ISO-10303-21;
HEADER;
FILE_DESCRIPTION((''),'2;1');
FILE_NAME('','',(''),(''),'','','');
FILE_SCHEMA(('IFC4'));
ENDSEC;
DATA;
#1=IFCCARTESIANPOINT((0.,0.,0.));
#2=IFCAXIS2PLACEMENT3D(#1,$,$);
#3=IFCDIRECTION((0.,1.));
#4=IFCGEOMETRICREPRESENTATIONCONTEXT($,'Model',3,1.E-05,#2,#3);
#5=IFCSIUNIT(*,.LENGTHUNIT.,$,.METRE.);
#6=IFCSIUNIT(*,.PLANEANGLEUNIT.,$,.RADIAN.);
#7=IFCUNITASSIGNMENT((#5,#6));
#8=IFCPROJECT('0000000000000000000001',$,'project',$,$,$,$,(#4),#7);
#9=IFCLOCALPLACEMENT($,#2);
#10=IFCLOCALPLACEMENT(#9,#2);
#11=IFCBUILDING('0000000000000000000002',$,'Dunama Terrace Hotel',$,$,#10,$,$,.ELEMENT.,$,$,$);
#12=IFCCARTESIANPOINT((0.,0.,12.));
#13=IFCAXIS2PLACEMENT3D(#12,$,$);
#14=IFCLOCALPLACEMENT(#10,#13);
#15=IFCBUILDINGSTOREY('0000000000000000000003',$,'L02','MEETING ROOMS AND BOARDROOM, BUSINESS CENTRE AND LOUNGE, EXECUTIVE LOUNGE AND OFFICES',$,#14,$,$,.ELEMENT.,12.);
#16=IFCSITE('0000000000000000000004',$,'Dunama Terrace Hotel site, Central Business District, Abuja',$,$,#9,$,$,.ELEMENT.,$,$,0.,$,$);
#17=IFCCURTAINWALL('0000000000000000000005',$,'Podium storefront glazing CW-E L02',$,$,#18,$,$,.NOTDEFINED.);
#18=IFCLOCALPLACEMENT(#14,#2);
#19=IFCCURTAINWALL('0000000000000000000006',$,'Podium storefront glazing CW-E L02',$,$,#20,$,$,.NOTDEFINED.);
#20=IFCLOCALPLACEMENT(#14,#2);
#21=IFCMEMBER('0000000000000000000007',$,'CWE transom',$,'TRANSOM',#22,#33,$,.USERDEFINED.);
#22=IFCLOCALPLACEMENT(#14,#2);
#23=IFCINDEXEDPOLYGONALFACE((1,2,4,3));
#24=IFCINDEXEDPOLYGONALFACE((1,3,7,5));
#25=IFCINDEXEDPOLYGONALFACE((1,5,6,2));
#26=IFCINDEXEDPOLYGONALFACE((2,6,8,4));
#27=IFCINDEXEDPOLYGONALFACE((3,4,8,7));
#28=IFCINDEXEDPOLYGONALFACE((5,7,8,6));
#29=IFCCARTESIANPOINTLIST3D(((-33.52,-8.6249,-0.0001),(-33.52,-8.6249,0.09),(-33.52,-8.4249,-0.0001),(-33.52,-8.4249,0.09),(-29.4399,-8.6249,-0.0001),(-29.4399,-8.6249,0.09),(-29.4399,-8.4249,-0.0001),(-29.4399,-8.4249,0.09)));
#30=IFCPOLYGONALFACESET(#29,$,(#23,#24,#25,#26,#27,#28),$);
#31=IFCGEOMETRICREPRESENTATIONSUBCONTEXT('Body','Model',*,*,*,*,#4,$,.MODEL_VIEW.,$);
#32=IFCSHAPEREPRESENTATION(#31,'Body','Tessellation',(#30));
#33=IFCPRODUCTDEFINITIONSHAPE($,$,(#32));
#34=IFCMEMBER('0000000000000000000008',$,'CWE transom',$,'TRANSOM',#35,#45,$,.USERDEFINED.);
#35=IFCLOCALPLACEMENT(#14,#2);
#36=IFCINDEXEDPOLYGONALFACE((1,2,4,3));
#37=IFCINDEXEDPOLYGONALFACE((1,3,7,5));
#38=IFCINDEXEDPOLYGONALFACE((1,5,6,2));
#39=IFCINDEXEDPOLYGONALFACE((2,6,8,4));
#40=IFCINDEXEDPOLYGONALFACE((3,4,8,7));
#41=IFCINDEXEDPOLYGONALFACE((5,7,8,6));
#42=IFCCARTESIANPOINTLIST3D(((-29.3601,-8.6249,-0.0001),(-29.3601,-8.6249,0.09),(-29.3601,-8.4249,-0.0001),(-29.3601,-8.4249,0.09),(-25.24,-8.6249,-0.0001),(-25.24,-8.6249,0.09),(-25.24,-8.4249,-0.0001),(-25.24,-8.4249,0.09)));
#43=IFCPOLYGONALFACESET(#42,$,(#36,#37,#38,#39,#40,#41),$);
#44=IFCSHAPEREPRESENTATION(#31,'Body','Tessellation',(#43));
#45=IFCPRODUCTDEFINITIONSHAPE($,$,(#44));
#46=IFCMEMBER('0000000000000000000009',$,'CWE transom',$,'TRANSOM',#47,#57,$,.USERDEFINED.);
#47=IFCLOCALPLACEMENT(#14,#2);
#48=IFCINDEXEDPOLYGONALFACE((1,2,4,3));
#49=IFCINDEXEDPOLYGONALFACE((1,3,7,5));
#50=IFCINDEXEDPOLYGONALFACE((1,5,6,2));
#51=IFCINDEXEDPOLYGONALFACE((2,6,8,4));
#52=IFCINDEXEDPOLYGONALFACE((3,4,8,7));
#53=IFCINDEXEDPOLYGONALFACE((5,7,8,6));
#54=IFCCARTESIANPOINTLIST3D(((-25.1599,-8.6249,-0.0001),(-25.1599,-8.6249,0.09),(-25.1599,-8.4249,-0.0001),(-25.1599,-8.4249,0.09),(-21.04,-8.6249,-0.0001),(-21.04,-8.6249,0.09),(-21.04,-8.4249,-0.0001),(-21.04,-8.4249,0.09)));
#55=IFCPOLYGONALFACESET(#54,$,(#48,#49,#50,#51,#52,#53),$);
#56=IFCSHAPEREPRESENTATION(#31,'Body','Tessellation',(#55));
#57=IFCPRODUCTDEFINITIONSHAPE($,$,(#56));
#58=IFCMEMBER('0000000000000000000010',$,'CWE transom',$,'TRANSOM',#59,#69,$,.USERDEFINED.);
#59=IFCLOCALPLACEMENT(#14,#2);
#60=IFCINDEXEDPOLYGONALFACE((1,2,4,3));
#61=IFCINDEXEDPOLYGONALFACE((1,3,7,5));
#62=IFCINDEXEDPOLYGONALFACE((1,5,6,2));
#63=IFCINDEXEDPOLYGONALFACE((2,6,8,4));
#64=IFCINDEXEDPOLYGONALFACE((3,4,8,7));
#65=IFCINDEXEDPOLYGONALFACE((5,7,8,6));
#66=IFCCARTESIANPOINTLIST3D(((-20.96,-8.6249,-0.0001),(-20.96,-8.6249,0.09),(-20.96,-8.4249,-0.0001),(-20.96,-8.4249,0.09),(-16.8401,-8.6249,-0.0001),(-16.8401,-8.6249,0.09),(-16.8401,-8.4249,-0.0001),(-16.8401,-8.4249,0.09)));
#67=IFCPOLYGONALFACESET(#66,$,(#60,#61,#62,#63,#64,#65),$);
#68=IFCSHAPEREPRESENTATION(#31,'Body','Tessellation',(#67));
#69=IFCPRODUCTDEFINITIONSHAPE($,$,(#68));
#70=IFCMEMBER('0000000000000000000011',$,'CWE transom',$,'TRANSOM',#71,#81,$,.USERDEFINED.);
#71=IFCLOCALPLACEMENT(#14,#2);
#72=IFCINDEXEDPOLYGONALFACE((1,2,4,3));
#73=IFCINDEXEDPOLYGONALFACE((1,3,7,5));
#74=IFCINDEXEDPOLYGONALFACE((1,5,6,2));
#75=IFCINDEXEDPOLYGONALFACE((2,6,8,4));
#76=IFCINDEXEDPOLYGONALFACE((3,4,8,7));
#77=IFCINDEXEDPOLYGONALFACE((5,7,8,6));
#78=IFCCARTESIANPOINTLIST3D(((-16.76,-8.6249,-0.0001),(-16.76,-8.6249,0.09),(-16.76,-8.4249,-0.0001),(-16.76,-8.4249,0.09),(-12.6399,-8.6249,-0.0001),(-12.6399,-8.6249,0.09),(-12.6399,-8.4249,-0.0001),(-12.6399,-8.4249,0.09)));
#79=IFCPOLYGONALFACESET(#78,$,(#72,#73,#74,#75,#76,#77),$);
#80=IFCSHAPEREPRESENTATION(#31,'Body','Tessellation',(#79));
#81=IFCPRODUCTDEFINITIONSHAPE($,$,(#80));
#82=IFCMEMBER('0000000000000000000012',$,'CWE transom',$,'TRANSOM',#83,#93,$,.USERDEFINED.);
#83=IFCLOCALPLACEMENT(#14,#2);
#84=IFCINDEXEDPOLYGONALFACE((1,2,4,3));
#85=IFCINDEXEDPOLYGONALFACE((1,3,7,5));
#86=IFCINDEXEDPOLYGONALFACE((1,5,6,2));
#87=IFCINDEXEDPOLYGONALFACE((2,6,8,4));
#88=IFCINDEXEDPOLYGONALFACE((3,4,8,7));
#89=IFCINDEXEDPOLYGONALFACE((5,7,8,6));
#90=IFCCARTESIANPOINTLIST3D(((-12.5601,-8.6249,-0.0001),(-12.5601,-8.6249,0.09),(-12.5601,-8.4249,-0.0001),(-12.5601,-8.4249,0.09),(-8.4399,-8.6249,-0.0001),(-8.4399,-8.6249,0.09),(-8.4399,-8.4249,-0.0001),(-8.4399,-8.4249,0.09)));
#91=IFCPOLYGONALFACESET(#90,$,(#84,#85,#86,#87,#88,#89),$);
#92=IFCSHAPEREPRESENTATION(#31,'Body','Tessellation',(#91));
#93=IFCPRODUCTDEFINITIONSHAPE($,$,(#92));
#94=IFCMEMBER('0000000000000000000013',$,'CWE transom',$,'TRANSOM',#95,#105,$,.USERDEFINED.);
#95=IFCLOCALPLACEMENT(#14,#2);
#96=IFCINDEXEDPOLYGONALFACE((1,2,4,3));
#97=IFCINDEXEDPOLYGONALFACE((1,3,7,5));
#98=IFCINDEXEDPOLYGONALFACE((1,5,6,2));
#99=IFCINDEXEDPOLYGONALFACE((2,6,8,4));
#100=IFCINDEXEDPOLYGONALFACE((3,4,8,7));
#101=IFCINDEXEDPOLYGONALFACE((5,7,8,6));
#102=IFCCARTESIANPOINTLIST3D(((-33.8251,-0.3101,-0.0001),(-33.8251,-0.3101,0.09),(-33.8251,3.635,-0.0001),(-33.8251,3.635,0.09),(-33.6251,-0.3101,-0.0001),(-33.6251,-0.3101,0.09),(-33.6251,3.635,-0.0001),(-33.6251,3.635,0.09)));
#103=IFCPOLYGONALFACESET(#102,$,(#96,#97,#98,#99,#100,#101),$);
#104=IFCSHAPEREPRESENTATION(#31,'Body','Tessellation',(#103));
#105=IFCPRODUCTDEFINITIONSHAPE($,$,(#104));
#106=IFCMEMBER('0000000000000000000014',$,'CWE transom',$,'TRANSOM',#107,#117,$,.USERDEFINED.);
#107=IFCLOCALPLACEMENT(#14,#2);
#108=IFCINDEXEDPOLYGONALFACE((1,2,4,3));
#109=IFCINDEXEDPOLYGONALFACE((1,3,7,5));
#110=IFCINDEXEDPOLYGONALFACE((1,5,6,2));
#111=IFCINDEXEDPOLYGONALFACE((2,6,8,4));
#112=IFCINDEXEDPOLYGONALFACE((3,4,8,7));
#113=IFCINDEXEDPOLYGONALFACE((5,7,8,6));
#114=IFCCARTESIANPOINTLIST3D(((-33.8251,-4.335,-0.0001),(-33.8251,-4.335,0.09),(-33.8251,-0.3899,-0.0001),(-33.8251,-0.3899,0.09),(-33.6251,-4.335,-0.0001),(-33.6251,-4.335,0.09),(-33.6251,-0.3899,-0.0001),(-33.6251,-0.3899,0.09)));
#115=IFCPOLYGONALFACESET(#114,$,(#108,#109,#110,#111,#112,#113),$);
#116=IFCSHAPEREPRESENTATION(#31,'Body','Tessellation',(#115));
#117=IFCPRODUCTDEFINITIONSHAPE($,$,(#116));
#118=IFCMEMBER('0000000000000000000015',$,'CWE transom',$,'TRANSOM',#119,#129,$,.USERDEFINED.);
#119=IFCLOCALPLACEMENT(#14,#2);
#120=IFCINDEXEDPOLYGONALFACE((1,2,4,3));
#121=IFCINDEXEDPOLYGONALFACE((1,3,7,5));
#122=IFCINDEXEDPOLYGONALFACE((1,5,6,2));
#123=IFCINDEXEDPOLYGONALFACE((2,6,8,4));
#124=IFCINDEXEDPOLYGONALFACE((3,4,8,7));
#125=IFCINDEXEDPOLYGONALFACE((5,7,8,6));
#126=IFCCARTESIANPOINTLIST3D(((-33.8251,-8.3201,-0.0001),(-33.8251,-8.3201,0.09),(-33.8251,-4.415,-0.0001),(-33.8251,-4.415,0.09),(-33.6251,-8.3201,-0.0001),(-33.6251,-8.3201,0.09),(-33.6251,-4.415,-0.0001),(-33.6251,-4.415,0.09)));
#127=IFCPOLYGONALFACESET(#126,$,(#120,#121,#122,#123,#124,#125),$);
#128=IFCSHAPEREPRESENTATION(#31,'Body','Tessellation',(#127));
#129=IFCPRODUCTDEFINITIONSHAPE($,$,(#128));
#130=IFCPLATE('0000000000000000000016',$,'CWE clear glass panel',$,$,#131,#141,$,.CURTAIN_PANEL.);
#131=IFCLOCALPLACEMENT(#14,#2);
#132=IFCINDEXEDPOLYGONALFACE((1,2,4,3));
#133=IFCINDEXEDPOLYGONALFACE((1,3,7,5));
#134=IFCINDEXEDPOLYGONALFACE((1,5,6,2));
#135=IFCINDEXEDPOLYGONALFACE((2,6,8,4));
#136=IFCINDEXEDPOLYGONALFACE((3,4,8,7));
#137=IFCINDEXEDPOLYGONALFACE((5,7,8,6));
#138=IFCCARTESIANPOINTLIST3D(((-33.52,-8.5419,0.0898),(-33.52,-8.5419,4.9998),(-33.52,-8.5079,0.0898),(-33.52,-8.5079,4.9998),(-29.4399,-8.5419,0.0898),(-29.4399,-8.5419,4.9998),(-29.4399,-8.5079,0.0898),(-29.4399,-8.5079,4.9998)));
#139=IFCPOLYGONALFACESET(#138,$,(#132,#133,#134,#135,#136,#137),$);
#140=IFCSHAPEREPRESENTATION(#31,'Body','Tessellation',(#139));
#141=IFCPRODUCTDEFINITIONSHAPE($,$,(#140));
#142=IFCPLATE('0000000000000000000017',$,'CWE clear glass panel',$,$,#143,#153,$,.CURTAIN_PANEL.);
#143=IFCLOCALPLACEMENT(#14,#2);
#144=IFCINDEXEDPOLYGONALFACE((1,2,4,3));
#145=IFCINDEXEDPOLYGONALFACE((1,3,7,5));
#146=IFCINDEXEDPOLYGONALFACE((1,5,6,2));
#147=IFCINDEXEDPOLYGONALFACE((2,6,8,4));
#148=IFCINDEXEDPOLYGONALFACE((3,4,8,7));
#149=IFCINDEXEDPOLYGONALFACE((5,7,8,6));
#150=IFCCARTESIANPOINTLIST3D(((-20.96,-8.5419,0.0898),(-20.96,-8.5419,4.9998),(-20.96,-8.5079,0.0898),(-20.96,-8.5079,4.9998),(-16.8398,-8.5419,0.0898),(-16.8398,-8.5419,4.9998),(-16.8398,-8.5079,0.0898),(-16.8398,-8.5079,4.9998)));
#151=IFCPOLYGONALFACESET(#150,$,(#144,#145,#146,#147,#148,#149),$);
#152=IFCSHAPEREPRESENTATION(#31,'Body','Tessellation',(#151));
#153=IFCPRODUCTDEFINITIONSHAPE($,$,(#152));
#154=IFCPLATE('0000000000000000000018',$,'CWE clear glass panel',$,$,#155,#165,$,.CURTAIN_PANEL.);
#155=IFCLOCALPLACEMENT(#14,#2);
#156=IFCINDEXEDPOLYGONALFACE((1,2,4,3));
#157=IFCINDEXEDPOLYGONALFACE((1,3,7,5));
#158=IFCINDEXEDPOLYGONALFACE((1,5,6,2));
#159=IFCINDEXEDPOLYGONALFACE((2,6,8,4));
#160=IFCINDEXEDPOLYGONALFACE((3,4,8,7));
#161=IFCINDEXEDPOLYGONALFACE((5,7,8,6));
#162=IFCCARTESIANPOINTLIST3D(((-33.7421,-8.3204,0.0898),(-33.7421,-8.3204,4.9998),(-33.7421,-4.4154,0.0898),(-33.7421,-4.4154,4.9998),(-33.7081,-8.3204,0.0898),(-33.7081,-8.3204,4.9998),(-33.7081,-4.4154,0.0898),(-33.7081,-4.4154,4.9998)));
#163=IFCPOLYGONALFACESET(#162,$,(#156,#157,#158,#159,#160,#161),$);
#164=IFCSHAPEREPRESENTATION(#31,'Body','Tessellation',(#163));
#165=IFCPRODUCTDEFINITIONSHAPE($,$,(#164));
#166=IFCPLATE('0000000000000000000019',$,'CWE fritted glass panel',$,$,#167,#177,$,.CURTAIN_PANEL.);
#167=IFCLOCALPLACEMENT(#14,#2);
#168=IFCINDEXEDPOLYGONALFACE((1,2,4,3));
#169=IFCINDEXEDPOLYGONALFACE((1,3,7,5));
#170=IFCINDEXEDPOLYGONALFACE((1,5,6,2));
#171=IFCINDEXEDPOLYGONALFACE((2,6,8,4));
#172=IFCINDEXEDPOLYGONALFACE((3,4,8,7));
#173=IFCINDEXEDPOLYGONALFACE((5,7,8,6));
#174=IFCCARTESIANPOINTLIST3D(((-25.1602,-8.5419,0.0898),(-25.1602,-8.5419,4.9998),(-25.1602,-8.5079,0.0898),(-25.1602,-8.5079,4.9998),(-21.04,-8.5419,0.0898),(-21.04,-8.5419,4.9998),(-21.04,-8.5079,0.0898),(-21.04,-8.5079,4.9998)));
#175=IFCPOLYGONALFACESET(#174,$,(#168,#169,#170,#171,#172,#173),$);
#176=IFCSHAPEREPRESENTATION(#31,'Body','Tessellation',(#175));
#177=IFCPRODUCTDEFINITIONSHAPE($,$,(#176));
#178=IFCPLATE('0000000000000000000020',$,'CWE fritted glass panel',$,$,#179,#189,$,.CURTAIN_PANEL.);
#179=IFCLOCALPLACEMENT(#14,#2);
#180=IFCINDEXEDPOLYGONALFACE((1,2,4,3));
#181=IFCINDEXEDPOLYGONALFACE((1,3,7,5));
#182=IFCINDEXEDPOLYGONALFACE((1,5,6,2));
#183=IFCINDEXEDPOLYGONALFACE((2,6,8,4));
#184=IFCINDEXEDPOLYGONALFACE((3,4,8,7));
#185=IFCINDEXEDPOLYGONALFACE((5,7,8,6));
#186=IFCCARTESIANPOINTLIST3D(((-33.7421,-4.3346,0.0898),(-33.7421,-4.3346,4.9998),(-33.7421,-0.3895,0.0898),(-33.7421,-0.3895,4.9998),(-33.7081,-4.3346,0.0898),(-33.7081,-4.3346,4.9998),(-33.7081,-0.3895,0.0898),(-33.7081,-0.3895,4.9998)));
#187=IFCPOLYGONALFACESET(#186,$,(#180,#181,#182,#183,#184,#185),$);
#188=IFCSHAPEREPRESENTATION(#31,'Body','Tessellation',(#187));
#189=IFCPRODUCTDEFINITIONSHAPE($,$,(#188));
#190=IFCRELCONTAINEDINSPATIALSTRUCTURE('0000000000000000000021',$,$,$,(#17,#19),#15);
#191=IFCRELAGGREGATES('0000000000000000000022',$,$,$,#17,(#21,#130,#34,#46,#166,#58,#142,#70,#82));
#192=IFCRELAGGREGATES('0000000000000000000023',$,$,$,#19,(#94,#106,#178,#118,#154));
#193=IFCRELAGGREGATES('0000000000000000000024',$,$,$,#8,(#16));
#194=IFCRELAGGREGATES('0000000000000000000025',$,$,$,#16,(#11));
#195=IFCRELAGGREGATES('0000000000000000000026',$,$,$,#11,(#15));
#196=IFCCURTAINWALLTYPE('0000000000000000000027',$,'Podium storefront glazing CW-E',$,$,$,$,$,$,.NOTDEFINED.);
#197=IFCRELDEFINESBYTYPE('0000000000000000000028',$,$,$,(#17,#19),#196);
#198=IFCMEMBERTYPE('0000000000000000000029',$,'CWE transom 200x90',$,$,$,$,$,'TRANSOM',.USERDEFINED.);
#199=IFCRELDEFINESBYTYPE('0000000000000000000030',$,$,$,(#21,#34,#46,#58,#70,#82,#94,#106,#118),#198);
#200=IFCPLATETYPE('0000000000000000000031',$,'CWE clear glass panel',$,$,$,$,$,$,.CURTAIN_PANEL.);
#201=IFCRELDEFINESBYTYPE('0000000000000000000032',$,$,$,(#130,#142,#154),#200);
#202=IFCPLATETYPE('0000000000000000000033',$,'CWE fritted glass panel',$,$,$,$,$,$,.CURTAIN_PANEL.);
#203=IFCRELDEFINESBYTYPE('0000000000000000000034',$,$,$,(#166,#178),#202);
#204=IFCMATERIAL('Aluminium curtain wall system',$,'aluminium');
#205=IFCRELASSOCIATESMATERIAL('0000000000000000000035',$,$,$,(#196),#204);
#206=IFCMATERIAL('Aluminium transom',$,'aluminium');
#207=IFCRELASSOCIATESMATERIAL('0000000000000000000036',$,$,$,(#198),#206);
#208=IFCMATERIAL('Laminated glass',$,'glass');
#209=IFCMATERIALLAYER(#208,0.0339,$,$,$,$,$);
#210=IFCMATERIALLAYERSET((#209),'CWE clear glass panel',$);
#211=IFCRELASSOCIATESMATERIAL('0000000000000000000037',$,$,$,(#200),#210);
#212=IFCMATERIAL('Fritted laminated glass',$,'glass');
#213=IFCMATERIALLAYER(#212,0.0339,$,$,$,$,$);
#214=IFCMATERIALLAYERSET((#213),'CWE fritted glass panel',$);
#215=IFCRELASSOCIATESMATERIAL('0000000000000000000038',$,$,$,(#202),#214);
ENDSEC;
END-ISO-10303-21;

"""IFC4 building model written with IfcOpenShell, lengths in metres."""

from ifc_helpers import new_model, si_unit, direction, frame, origin, origin_2d, place, context, subcontext, project, spatial, rectangle, extrude, material, layer, layer_set, material_profile, profile_set, type_object, element, aggregate, save


model = new_model("IFC4")

# Units and contexts
model_context = context("Model", 3, precision=1e-05, world=origin(), true_north=direction((0.0, 1.0)))
body_context = subcontext(model_context, "Body", "Model", "MODEL_VIEW")
ifc_project = project(units=[si_unit("LENGTHUNIT", "METRE"), si_unit("PLANEANGLEUNIT", "RADIAN")], contexts=[model_context])

# Site, building, storey
site_placement = place(None, origin())
site = spatial("IfcSite", under=ifc_project, at=site_placement, Name="Dunama Terrace Hotel site, Central Business District, Abuja", CompositionType="ELEMENT", RefElevation=0.0)
building_placement = place(site_placement, origin())
building = spatial("IfcBuilding", under=site, at=building_placement, Name="Dunama Terrace Hotel", CompositionType="ELEMENT")
storey_placement = place(building_placement, frame((0.0, 0.0, 12.0)))
storey = spatial("IfcBuildingStorey", under=building, at=storey_placement, Name="L02", Description="MEETING ROOMS AND BOARDROOM, BUSINESS CENTRE AND LOUNGE, EXECUTIVE LOUNGE AND OFFICES", CompositionType="ELEMENT", Elevation=12.0)

# Curtain walls
ifc_material_1 = material(Name="Aluminium curtain wall system", Category="aluminium")
curtain_wall_type = type_object("IfcCurtainWallType", Name="Podium storefront glazing CW-E", PredefinedType="NOTDEFINED", material=ifc_material_1)
curtain_wall_1_placement = place(storey_placement, origin())
curtain_wall_1 = element("IfcCurtainWall", 1, at=curtain_wall_1_placement, inside=storey, type_object=curtain_wall_type, Name="Podium storefront glazing CW-E L02", PredefinedType="NOTDEFINED")
curtain_wall_2_placement = place(storey_placement, origin())
curtain_wall_2 = element("IfcCurtainWall", 2, at=curtain_wall_2_placement, inside=storey, type_object=curtain_wall_type, Name="Podium storefront glazing CW-E L02", PredefinedType="NOTDEFINED")

# Members
ifc_material_2 = material(Name="Aluminium transom", Category="aluminium")
ifc_material_profile_1 = material_profile(ifc_material_2, rectangle(XDim=0.2, YDim=0.0901, at=origin_2d()), Name="CWE TRANSOM 200X90")
ifc_profile_set_1 = profile_set([ifc_material_profile_1], Name="Aluminium transom")
member_type_1 = type_object("IfcMemberType", Name="CWE transom 200x90", ElementType="TRANSOM", PredefinedType="USERDEFINED", material=ifc_profile_set_1)
member_1_placement = place(storey_placement, frame((-33.52, -8.5249, 0.0449), z_axis=(1.0, 0.0, 0.0), x_axis=(0.0, 1.0, 0.0)))
member_1 = element("IfcMember", 3, at=member_1_placement, type_object=member_type_1, Name="CWE transom", ObjectType="TRANSOM", PredefinedType="USERDEFINED", context=body_context, shape_type="SweptSolid", body=[
    extrude(rectangle(XDim=0.2, YDim=0.0901, at=origin_2d()), origin(), (0.0, 0.0, 1.0), 4.0801),
])
member_2_placement = place(storey_placement, frame((-29.3601, -8.5249, 0.0449), z_axis=(1.0, 0.0, 0.0), x_axis=(0.0, 1.0, 0.0)))
member_2 = element("IfcMember", 4, at=member_2_placement, type_object=member_type_1, Name="CWE transom", ObjectType="TRANSOM", PredefinedType="USERDEFINED", context=body_context, shape_type="SweptSolid", body=[
    extrude(rectangle(XDim=0.2, YDim=0.0901, at=origin_2d()), origin(), (0.0, 0.0, 1.0), 4.1201),
])
member_3_placement = place(storey_placement, frame((-25.1599, -8.5249, 0.0449), z_axis=(1.0, 0.0, 0.0), x_axis=(0.0, 1.0, 0.0)))
member_3 = element("IfcMember", 5, at=member_3_placement, type_object=member_type_1, Name="CWE transom", ObjectType="TRANSOM", PredefinedType="USERDEFINED", context=body_context, shape_type="SweptSolid", body=[
    extrude(rectangle(XDim=0.2, YDim=0.0901, at=origin_2d()), origin(), (0.0, 0.0, 1.0), 4.1199),
])
member_4_placement = place(storey_placement, frame((-20.96, -8.5249, 0.0449), z_axis=(1.0, 0.0, 0.0), x_axis=(0.0, 1.0, 0.0)))
member_4 = element("IfcMember", 6, at=member_4_placement, type_object=member_type_1, Name="CWE transom", ObjectType="TRANSOM", PredefinedType="USERDEFINED", context=body_context, shape_type="SweptSolid", body=[
    extrude(rectangle(XDim=0.2, YDim=0.0901, at=origin_2d()), origin(), (0.0, 0.0, 1.0), 4.1199),
])
member_5_placement = place(storey_placement, frame((-16.76, -8.5249, 0.0449), z_axis=(1.0, 0.0, 0.0), x_axis=(0.0, 1.0, 0.0)))
member_5 = element("IfcMember", 7, at=member_5_placement, type_object=member_type_1, Name="CWE transom", ObjectType="TRANSOM", PredefinedType="USERDEFINED", context=body_context, shape_type="SweptSolid", body=[
    extrude(rectangle(XDim=0.2, YDim=0.0901, at=origin_2d()), origin(), (0.0, 0.0, 1.0), 4.1201),
])
member_6_placement = place(storey_placement, frame((-12.5601, -8.5249, 0.0449), z_axis=(1.0, 0.0, 0.0), x_axis=(0.0, 1.0, 0.0)))
member_6 = element("IfcMember", 8, at=member_6_placement, type_object=member_type_1, Name="CWE transom", ObjectType="TRANSOM", PredefinedType="USERDEFINED", context=body_context, shape_type="SweptSolid", body=[
    extrude(rectangle(XDim=0.2, YDim=0.0901, at=origin_2d()), origin(), (0.0, 0.0, 1.0), 4.1201),
])
member_7_placement = place(storey_placement, frame((-33.7251, 3.635, 0.0449), z_axis=(0.0, -1.0, 0.0), x_axis=(1.0, 0.0, 0.0)))
member_7 = element("IfcMember", 9, at=member_7_placement, type_object=member_type_1, Name="CWE transom", ObjectType="TRANSOM", PredefinedType="USERDEFINED", context=body_context, shape_type="SweptSolid", body=[
    extrude(rectangle(XDim=0.2, YDim=0.0901, at=origin_2d()), origin(), (0.0, 0.0, 1.0), 3.9451),
])
member_8_placement = place(storey_placement, frame((-33.7251, -0.3899, 0.0449), z_axis=(0.0, -1.0, 0.0), x_axis=(1.0, 0.0, 0.0)))
member_8 = element("IfcMember", 10, at=member_8_placement, type_object=member_type_1, Name="CWE transom", ObjectType="TRANSOM", PredefinedType="USERDEFINED", context=body_context, shape_type="SweptSolid", body=[
    extrude(rectangle(XDim=0.2, YDim=0.0901, at=origin_2d()), origin(), (0.0, 0.0, 1.0), 3.9451),
])
member_9_placement = place(storey_placement, frame((-33.7251, -4.415, 0.0449), z_axis=(0.0, -1.0, 0.0), x_axis=(1.0, 0.0, 0.0)))
member_9 = element("IfcMember", 11, at=member_9_placement, type_object=member_type_1, Name="CWE transom", ObjectType="TRANSOM", PredefinedType="USERDEFINED", context=body_context, shape_type="SweptSolid", body=[
    extrude(rectangle(XDim=0.2, YDim=0.0901, at=origin_2d()), origin(), (0.0, 0.0, 1.0), 3.905),
])

# Plates
ifc_material_3 = material(Name="Laminated glass", Category="glass")
ifc_layer_1 = layer(ifc_material_3, 0.0339)
ifc_layer_set_1 = layer_set([ifc_layer_1], Name="CWE clear glass panel")
plate_type_1 = type_object("IfcPlateType", Name="CWE clear glass panel", PredefinedType="CURTAIN_PANEL", material=ifc_layer_set_1)
plate_1_placement = place(storey_placement, frame((-31.48, -8.5249, 0.0898), z_axis=(0.0, 0.0, 1.0), x_axis=(1.0, 0.0, 0.0)))
plate_1 = element("IfcPlate", 12, at=plate_1_placement, type_object=plate_type_1, Name="CWE clear glass panel", PredefinedType="CURTAIN_PANEL", context=body_context, shape_type="SweptSolid", body=[
    extrude(rectangle(XDim=4.0801, YDim=0.0339, at=origin_2d()), origin(), (0.0, 0.0, 1.0), 4.9099),
])
plate_2_placement = place(storey_placement, frame((-18.8999, -8.5249, 0.0898), z_axis=(0.0, 0.0, 1.0), x_axis=(1.0, 0.0, 0.0)))
plate_2 = element("IfcPlate", 13, at=plate_2_placement, type_object=plate_type_1, Name="CWE clear glass panel", PredefinedType="CURTAIN_PANEL", context=body_context, shape_type="SweptSolid", body=[
    extrude(rectangle(XDim=4.1201, YDim=0.0339, at=origin_2d()), origin(), (0.0, 0.0, 1.0), 4.9099),
])
plate_3_placement = place(storey_placement, frame((-33.7251, -6.3679, 0.0898), z_axis=(0.0, 0.0, 1.0), x_axis=(0.0, -1.0, 0.0)))
plate_3 = element("IfcPlate", 14, at=plate_3_placement, type_object=plate_type_1, Name="CWE clear glass panel", PredefinedType="CURTAIN_PANEL", context=body_context, shape_type="SweptSolid", body=[
    extrude(rectangle(XDim=3.905, YDim=0.0339, at=origin_2d()), origin(), (0.0, 0.0, 1.0), 4.9099),
])
ifc_material_4 = material(Name="Fritted laminated glass", Category="glass")
ifc_layer_2 = layer(ifc_material_4, 0.0339)
ifc_layer_set_2 = layer_set([ifc_layer_2], Name="CWE fritted glass panel")
plate_type_2 = type_object("IfcPlateType", Name="CWE fritted glass panel", PredefinedType="CURTAIN_PANEL", material=ifc_layer_set_2)
plate_4_placement = place(storey_placement, frame((-23.1001, -8.5249, 0.0898), z_axis=(0.0, 0.0, 1.0), x_axis=(1.0, 0.0, 0.0)))
plate_4 = element("IfcPlate", 15, at=plate_4_placement, type_object=plate_type_2, Name="CWE fritted glass panel", PredefinedType="CURTAIN_PANEL", context=body_context, shape_type="SweptSolid", body=[
    extrude(rectangle(XDim=4.1201, YDim=0.0339, at=origin_2d()), origin(), (0.0, 0.0, 1.0), 4.9099),
])
plate_5_placement = place(storey_placement, frame((-33.7251, -2.3621, 0.0898), z_axis=(0.0, 0.0, 1.0), x_axis=(0.0, -1.0, 0.0)))
plate_5 = element("IfcPlate", 16, at=plate_5_placement, type_object=plate_type_2, Name="CWE fritted glass panel", PredefinedType="CURTAIN_PANEL", context=body_context, shape_type="SweptSolid", body=[
    extrude(rectangle(XDim=3.9451, YDim=0.0339, at=origin_2d()), origin(), (0.0, 0.0, 1.0), 4.9099),
])
aggregate(curtain_wall_1, [member_1, plate_1, member_2, member_3, plate_4, member_4, plate_2, member_5, member_6])
aggregate(curtain_wall_2, [member_7, member_8, plate_5, member_9, plate_3])

save(model, "model.ifc")
